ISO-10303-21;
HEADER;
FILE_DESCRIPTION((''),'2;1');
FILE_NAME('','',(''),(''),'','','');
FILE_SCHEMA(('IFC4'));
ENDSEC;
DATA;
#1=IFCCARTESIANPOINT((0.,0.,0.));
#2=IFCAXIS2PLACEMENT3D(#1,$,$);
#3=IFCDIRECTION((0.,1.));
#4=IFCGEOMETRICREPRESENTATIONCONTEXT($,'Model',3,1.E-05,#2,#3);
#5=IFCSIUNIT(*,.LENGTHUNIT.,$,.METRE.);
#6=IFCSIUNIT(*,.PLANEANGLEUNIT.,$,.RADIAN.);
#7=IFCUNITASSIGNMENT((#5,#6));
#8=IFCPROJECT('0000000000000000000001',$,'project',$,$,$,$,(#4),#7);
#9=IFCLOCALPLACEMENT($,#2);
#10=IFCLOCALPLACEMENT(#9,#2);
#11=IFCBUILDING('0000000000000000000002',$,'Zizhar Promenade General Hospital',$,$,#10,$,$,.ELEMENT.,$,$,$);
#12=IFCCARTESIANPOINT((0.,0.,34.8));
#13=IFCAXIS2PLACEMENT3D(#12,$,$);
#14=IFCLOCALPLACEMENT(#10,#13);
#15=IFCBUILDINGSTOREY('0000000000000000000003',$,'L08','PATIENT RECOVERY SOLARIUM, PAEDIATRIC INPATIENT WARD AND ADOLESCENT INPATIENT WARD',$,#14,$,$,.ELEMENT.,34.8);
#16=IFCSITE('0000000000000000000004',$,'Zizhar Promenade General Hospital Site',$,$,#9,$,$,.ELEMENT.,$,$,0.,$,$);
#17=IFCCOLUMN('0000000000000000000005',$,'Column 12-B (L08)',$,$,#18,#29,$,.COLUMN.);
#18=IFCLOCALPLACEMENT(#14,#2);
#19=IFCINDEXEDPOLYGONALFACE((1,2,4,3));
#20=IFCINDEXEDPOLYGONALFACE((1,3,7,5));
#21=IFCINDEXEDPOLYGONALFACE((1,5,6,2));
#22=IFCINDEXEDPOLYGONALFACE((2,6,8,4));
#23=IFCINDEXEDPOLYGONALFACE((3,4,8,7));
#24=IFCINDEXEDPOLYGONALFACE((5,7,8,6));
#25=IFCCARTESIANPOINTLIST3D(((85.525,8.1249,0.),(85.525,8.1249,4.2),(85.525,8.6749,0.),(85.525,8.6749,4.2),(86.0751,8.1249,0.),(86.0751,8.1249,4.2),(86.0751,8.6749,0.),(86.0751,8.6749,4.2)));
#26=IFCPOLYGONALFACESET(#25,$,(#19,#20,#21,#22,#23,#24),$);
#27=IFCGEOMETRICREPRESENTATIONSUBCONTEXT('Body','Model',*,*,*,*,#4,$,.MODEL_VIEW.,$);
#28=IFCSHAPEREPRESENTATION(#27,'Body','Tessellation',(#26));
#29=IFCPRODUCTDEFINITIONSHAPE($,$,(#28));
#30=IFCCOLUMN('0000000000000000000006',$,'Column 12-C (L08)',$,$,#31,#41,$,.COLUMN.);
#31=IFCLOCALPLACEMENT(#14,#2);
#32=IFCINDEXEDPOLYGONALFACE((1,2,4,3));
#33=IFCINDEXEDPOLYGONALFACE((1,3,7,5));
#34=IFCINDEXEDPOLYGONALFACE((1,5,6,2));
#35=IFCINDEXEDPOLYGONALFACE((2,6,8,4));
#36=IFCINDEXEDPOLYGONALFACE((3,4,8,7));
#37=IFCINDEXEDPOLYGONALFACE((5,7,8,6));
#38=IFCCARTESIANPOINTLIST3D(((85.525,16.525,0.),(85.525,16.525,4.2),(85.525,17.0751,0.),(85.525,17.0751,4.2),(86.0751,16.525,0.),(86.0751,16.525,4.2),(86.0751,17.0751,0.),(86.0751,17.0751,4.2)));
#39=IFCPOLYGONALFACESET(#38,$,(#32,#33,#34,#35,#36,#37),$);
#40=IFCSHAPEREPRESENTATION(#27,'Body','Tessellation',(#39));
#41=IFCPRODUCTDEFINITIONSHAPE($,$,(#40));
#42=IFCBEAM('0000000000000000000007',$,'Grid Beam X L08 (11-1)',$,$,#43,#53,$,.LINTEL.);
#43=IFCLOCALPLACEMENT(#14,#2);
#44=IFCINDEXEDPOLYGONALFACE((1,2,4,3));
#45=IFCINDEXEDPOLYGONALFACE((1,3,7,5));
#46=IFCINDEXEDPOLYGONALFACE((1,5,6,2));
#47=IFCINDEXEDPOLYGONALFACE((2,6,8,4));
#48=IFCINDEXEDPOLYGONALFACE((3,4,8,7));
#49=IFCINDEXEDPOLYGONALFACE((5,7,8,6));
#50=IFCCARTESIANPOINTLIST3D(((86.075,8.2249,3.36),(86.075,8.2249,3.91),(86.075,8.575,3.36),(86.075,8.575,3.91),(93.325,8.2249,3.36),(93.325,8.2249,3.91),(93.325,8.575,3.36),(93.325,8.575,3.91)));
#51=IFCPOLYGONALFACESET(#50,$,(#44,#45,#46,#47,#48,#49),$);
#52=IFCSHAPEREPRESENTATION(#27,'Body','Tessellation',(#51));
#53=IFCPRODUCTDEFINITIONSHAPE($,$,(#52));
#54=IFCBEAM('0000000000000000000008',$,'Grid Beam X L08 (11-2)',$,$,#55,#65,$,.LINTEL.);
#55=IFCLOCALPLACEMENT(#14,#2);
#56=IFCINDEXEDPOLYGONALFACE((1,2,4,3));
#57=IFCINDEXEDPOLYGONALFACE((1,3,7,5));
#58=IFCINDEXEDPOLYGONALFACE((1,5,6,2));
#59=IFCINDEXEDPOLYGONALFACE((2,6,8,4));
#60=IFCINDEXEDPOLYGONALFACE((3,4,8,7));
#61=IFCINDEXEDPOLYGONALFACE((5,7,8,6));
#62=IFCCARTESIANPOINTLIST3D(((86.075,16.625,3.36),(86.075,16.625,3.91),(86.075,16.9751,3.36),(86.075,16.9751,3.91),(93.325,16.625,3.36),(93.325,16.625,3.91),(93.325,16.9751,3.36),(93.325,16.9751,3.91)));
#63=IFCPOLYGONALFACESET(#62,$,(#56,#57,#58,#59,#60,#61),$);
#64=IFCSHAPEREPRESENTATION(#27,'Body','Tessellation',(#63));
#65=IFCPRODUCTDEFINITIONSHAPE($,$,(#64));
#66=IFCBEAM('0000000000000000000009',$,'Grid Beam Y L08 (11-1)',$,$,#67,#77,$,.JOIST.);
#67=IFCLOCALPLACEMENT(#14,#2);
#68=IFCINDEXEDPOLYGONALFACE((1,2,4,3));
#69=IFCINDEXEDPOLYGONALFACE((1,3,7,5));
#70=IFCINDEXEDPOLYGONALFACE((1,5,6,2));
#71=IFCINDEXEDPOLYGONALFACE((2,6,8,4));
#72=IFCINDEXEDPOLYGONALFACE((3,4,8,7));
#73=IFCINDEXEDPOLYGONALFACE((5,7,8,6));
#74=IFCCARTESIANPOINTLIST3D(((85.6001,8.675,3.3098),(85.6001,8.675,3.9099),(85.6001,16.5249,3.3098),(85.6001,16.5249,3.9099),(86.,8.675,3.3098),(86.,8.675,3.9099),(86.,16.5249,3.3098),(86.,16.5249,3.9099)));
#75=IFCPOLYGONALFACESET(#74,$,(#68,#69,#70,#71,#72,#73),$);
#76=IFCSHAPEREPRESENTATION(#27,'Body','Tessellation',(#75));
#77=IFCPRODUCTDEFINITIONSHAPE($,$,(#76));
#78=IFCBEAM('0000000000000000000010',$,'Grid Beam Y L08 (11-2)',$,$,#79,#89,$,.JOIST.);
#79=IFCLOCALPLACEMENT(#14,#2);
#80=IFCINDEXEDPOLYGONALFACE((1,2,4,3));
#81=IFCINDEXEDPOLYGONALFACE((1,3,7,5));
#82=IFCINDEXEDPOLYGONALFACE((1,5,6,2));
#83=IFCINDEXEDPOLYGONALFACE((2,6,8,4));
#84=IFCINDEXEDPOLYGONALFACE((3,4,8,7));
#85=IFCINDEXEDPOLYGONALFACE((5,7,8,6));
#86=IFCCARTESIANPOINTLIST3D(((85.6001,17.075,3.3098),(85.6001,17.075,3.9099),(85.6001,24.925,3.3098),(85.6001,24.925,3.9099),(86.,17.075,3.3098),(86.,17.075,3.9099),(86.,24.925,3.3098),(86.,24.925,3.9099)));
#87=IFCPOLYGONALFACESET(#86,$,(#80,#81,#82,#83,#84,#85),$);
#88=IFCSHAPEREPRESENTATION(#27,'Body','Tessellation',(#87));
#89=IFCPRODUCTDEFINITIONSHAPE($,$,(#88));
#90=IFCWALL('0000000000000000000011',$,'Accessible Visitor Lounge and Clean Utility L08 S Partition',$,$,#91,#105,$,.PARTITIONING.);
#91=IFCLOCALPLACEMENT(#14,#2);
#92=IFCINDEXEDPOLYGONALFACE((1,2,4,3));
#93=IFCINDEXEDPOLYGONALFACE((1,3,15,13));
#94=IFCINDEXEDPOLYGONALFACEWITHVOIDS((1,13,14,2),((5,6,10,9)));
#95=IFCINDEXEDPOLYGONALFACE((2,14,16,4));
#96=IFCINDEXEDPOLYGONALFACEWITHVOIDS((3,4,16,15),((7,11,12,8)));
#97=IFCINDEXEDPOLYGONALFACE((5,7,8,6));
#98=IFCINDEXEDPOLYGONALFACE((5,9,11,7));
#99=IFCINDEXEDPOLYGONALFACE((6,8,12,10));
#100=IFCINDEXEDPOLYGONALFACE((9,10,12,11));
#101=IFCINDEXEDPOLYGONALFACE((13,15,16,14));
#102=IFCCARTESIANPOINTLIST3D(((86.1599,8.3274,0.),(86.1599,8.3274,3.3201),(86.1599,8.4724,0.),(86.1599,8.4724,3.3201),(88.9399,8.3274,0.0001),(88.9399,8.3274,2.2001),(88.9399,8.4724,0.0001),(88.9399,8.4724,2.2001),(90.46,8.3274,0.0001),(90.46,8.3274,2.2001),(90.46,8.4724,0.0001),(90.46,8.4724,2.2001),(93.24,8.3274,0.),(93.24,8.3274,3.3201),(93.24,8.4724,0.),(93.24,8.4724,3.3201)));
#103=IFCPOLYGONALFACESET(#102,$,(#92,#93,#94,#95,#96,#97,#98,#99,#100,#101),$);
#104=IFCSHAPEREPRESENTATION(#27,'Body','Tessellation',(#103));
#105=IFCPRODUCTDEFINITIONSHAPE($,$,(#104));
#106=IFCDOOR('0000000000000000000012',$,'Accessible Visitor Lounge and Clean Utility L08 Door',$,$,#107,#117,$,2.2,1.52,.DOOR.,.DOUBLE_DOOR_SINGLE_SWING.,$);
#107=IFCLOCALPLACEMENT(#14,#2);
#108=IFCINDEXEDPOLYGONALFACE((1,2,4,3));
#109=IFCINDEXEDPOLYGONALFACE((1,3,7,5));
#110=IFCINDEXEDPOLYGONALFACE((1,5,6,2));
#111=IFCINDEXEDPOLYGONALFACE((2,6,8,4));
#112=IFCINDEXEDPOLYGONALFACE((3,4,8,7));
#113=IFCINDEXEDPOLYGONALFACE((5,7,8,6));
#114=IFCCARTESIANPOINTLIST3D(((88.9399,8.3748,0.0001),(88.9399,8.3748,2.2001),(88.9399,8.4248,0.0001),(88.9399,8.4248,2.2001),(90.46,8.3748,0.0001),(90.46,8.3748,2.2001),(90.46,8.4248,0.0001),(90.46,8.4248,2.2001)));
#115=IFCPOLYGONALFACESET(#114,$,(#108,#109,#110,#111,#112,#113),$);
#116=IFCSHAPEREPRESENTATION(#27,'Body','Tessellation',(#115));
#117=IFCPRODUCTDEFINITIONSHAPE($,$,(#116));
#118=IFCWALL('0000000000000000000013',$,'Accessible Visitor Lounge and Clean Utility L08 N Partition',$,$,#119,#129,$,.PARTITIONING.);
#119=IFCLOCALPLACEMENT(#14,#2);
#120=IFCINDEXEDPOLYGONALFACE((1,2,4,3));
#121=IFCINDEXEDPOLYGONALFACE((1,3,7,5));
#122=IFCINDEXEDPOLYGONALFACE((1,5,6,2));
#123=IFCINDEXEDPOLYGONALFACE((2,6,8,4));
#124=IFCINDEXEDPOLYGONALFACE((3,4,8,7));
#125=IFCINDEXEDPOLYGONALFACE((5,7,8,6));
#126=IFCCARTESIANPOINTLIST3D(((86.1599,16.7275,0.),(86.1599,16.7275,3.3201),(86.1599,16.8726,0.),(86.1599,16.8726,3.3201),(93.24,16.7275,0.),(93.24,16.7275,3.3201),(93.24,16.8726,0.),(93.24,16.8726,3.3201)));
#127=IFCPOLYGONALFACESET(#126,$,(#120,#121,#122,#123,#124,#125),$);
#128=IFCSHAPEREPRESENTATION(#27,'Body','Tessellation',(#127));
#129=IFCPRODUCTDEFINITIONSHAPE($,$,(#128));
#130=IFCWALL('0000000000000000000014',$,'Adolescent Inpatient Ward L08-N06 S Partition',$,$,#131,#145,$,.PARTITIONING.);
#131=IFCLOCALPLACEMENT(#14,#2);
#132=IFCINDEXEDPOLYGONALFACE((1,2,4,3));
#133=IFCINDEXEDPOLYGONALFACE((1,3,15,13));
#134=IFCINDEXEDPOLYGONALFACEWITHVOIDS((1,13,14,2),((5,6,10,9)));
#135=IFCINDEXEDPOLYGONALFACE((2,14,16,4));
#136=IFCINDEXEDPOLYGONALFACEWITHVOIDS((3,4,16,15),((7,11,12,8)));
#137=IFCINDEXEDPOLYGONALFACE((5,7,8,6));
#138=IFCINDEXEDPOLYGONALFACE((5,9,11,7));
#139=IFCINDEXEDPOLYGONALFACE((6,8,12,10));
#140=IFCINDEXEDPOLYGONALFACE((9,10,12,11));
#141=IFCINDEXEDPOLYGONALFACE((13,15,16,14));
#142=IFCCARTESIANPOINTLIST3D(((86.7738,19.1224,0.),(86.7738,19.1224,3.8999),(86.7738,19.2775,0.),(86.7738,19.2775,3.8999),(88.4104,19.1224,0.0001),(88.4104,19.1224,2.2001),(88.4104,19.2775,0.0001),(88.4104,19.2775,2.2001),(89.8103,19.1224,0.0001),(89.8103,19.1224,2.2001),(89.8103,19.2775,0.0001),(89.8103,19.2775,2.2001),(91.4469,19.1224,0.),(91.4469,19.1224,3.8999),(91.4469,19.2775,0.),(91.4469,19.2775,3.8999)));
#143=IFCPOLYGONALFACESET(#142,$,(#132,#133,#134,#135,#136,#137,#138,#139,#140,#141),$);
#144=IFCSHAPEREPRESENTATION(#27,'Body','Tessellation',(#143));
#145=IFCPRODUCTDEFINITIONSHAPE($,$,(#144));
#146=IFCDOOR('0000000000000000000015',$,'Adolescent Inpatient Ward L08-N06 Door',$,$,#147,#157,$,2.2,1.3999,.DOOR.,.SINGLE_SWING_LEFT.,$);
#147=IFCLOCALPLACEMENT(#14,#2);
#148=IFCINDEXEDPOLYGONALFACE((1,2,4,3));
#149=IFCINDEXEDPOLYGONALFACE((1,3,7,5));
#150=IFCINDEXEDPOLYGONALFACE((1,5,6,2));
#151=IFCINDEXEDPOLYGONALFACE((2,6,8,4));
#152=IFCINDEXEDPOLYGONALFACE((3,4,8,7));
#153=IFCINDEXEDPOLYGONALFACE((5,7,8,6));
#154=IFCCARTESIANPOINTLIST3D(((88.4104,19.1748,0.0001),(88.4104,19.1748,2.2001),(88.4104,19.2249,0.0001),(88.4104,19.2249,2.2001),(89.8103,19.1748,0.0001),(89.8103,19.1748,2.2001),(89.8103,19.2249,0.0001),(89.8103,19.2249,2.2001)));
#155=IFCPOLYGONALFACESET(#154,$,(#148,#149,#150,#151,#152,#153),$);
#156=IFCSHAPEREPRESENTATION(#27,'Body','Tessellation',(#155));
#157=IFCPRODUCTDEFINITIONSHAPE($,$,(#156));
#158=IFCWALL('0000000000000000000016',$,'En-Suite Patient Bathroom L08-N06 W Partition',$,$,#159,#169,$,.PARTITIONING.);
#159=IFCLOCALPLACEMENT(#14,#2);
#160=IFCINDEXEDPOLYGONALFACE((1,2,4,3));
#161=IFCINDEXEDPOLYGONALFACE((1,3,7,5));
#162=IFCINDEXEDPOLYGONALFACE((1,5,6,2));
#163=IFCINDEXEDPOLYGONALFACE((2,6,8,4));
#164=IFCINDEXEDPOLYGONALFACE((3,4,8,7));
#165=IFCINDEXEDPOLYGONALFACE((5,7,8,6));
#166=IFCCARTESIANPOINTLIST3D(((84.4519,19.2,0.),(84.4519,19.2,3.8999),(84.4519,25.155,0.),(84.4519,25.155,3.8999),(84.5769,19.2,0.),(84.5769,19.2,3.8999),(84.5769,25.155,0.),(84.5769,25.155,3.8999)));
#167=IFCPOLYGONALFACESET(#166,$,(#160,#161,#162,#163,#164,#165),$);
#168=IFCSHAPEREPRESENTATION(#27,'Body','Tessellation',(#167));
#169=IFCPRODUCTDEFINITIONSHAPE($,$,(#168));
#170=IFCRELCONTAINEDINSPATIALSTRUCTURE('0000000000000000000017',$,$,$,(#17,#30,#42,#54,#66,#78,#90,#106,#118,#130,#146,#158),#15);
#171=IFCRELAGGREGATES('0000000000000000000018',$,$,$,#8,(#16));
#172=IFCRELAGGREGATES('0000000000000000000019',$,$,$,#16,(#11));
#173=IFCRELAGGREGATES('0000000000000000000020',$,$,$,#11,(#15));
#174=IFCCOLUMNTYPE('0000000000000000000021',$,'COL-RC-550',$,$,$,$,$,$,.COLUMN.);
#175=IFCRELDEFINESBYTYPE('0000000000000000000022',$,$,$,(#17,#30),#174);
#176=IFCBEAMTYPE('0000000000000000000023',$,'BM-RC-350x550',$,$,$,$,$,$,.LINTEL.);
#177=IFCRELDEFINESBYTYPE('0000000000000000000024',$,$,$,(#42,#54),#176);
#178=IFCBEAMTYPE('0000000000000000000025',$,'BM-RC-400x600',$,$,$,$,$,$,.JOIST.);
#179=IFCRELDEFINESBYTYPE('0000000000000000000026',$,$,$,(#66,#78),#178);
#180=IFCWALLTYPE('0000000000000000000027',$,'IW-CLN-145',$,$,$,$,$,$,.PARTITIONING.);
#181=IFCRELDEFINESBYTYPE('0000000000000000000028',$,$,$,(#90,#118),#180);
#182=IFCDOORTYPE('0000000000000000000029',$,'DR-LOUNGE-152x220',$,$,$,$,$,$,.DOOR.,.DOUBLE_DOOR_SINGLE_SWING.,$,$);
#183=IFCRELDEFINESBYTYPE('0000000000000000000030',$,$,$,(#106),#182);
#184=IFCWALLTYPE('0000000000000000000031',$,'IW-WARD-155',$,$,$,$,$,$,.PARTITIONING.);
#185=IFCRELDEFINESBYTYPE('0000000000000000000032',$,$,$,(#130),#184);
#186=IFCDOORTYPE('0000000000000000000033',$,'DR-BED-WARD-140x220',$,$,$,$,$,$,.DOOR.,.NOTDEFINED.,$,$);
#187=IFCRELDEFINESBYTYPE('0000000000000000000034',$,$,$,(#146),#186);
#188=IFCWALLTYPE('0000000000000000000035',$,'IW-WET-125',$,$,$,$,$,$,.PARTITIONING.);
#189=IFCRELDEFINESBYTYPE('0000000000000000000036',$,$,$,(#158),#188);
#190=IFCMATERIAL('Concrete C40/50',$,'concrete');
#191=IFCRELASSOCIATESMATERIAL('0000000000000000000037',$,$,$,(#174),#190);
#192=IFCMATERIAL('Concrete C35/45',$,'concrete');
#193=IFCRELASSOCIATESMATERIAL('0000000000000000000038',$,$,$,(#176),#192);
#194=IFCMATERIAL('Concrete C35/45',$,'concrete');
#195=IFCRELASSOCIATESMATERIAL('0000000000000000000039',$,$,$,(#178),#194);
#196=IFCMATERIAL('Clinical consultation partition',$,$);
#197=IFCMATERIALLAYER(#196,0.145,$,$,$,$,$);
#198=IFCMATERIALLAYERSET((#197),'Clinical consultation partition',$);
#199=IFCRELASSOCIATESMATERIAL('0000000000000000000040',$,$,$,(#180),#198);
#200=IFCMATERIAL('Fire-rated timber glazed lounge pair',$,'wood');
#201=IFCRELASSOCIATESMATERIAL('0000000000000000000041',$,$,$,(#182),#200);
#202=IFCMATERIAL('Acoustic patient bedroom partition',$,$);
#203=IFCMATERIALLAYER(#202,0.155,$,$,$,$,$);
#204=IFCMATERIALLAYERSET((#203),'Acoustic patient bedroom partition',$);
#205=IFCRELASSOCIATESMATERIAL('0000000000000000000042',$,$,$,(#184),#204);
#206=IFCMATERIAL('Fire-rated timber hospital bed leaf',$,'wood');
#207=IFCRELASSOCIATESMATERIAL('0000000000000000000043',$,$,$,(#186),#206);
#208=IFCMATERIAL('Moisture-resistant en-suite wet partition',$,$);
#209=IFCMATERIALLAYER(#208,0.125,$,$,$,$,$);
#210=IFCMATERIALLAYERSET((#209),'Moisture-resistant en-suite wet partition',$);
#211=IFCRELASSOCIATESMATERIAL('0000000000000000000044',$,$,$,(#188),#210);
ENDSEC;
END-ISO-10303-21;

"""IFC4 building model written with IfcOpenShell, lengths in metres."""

from ifc_helpers import new_model, si_unit, direction, frame, frame_2d, origin, origin_2d, place, context, subcontext, project, spatial, rectangle, extrude, material, layer, layer_set, material_profile, profile_set, type_object, element, fill, save


model = new_model("IFC4")

# Units and contexts
model_context = context("Model", 3, precision=1e-05, world=origin(), true_north=direction((0.0, 1.0)))
body_context = subcontext(model_context, "Body", "Model", "MODEL_VIEW")
ifc_project = project(units=[si_unit("LENGTHUNIT", "METRE"), si_unit("PLANEANGLEUNIT", "RADIAN")], contexts=[model_context])

# Site, building, storey
site_placement = place(None, origin())
site = spatial("IfcSite", under=ifc_project, at=site_placement, Name="Zizhar Promenade General Hospital Site", CompositionType="ELEMENT", RefElevation=0.0)
building_placement = place(site_placement, origin())
building = spatial("IfcBuilding", under=site, at=building_placement, Name="Zizhar Promenade General Hospital", CompositionType="ELEMENT")
storey_placement = place(building_placement, frame((0.0, 0.0, 34.8)))
storey = spatial("IfcBuildingStorey", under=building, at=storey_placement, Name="L08", Description="PATIENT RECOVERY SOLARIUM, PAEDIATRIC INPATIENT WARD AND ADOLESCENT INPATIENT WARD", CompositionType="ELEMENT", Elevation=34.8)

# Columns
ifc_material_1 = material(Name="Concrete C40/50", Category="concrete")
ifc_material_profile_1 = material_profile(ifc_material_1, rectangle(XDim=0.55, YDim=0.55, at=origin_2d()))
ifc_profile_set_1 = profile_set([ifc_material_profile_1], Name="Concrete C40/50")
column_type = type_object("IfcColumnType", Name="COL-RC-550", PredefinedType="COLUMN", material=ifc_profile_set_1)
for number, where, z_axis, x_axis, name in (
    (1, (85.8, 8.3999, 0.0), (0.0, 0.0, 1.0), (1.0, 0.0, 0.0), "Column 12-B (L08)"),
    (2, (85.8, 16.8, 0.0), (0.0, 0.0, 1.0), (1.0, 0.0, 0.0), "Column 12-C (L08)"),
):
    element("IfcColumn", number, at=place(storey_placement, frame(where, z_axis=z_axis, x_axis=x_axis)), inside=storey, type_object=column_type, Name=name, PredefinedType="COLUMN", context=body_context, shape_type="SweptSolid", body=[
        extrude(rectangle(XDim=0.55, YDim=0.55, at=origin_2d()), origin(), (0.0, 0.0, 1.0), 4.2),
    ])

# Beams
ifc_material_2 = material(Name="Concrete C35/45", Category="concrete")
ifc_material_profile_2 = material_profile(ifc_material_2, rectangle(XDim=0.3501, YDim=0.55, at=origin_2d()))
ifc_profile_set_2 = profile_set([ifc_material_profile_2], Name="Concrete C35/45")
beam_type_1 = type_object("IfcBeamType", Name="BM-RC-350x550", PredefinedType="LINTEL", material=ifc_profile_set_2)
for number, where, z_axis, x_axis, name in (
    (3, (86.075, 8.3999, 3.635), (1.0, 0.0, 0.0), (0.0, 1.0, 0.0), "Grid Beam X L08 (11-1)"),
    (4, (86.075, 16.8, 3.635), (1.0, 0.0, 0.0), (0.0, 1.0, 0.0), "Grid Beam X L08 (11-2)"),
):
    element("IfcBeam", number, at=place(storey_placement, frame(where, z_axis=z_axis, x_axis=x_axis)), inside=storey, type_object=beam_type_1, Name=name, PredefinedType="LINTEL", context=body_context, shape_type="SweptSolid", body=[
        extrude(rectangle(XDim=0.3501, YDim=0.55, at=origin_2d()), origin(), (0.0, 0.0, 1.0), 7.25),
    ])
ifc_material_3 = material(Name="Concrete C35/45", Category="concrete")
ifc_material_profile_3 = material_profile(ifc_material_3, rectangle(XDim=0.3999, YDim=0.6001, at=origin_2d()))
ifc_profile_set_3 = profile_set([ifc_material_profile_3], Name="Concrete C35/45")
beam_type_2 = type_object("IfcBeamType", Name="BM-RC-400x600", PredefinedType="JOIST", material=ifc_profile_set_3)
beam_1_placement = place(storey_placement, frame((85.8, 8.675, 3.6099), z_axis=(0.0, 1.0, 0.0), x_axis=(-1.0, 0.0, 0.0)))
element("IfcBeam", 5, at=beam_1_placement, inside=storey, type_object=beam_type_2, Name="Grid Beam Y L08 (11-1)", PredefinedType="JOIST", context=body_context, shape_type="SweptSolid", body=[
    extrude(rectangle(XDim=0.3999, YDim=0.6001, at=origin_2d()), origin(), (0.0, 0.0, 1.0), 7.8499),
])
beam_2_placement = place(storey_placement, frame((85.8, 17.075, 3.6099), z_axis=(0.0, 1.0, 0.0), x_axis=(-1.0, 0.0, 0.0)))
element("IfcBeam", 6, at=beam_2_placement, inside=storey, type_object=beam_type_2, Name="Grid Beam Y L08 (11-2)", PredefinedType="JOIST", context=body_context, shape_type="SweptSolid", body=[
    extrude(rectangle(XDim=0.3999, YDim=0.6001, at=origin_2d()), origin(), (0.0, 0.0, 1.0), 7.8501),
])

# Wall, opening, door
ifc_material_4 = material(Name="Clinical consultation partition")
ifc_layer_1 = layer(ifc_material_4, 0.145)
ifc_layer_set_1 = layer_set([ifc_layer_1], Name="Clinical consultation partition")
wall_type_1 = type_object("IfcWallType", Name="IW-CLN-145", PredefinedType="PARTITIONING", material=ifc_layer_set_1)
wall_1_placement = place(storey_placement, frame((86.1599, 8.3999, 0.0), z_axis=(0.0, 0.0, 1.0), x_axis=(1.0, 0.0, 0.0)))
wall_1 = element("IfcWall", 7, at=wall_1_placement, inside=storey, type_object=wall_type_1, Name="Accessible Visitor Lounge and Clean Utility L08 S Partition", PredefinedType="PARTITIONING", context=body_context, shape_type="SweptSolid", body=[
    extrude(rectangle(XDim=7.0801, YDim=0.145, at=frame_2d((3.54, 0.0))), origin(), (0.0, 0.0, 1.0), 3.3201),
])
opening_1_placement = place(wall_1_placement, frame((2.78, 0.0, 0.0)))
opening_1 = element("IfcOpeningElement", 8, at=opening_1_placement, cuts=wall_1, PredefinedType="OPENING", context=body_context, shape_type="SweptSolid", body=[
    extrude(rectangle(XDim=1.52, YDim=2.2, at=frame_2d((0.76, 1.1001))), frame((0.0, 0.0825, 0.0), z_axis=(0.0, -1.0, 0.0), x_axis=(1.0, 0.0, 0.0)), (0.0, 0.0, 1.0), 0.165),
])
ifc_material_5 = material(Name="Fire-rated timber glazed lounge pair", Category="wood")
door_type_1 = type_object("IfcDoorType", Name="DR-LOUNGE-152x220", OperationType="DOUBLE_DOOR_SINGLE_SWING", PredefinedType="DOOR", material=ifc_material_5)
door_1_placement = place(opening_1_placement, origin())
door_1 = element("IfcDoor", 9, at=door_1_placement, inside=storey, type_object=door_type_1, Name="Accessible Visitor Lounge and Clean Utility L08 Door", OperationType="DOUBLE_DOOR_SINGLE_SWING", OverallHeight=2.2, OverallWidth=1.52, PredefinedType="DOOR", context=body_context, shape_type="SweptSolid", body=[
    extrude(rectangle(XDim=1.52, YDim=2.2, at=frame_2d((0.76, 1.1001))), frame((0.0, 0.0249, 0.0), z_axis=(0.0, -1.0, 0.0), x_axis=(1.0, 0.0, 0.0)), (0.0, 0.0, 1.0), 0.05),
])
fill(opening_1, door_1)

# Wall
wall_2_placement = place(storey_placement, frame((86.1599, 16.8, 0.0), z_axis=(0.0, 0.0, 1.0), x_axis=(1.0, 0.0, 0.0)))
element("IfcWall", 10, at=wall_2_placement, inside=storey, type_object=wall_type_1, Name="Accessible Visitor Lounge and Clean Utility L08 N Partition", PredefinedType="PARTITIONING", context=body_context, shape_type="SweptSolid", body=[
    extrude(rectangle(XDim=7.0801, YDim=0.145, at=frame_2d((3.54, 0.0))), origin(), (0.0, 0.0, 1.0), 3.3201),
])

# Wall, opening, door
ifc_material_6 = material(Name="Acoustic patient bedroom partition")
ifc_layer_2 = layer(ifc_material_6, 0.155)
ifc_layer_set_2 = layer_set([ifc_layer_2], Name="Acoustic patient bedroom partition")
wall_type_2 = type_object("IfcWallType", Name="IW-WARD-155", PredefinedType="PARTITIONING", material=ifc_layer_set_2)
wall_3_placement = place(storey_placement, frame((86.7739, 19.2, 0.0), z_axis=(0.0, 0.0, 1.0), x_axis=(1.0, 0.0, 0.0)))
wall_3 = element("IfcWall", 11, at=wall_3_placement, inside=storey, type_object=wall_type_2, Name="Adolescent Inpatient Ward L08-N06 S Partition", PredefinedType="PARTITIONING", context=body_context, shape_type="SweptSolid", body=[
    extrude(rectangle(XDim=4.6731, YDim=0.155, at=frame_2d((2.3364, 0.0))), origin(), (0.0, 0.0, 1.0), 3.8999),
])
opening_2_placement = place(wall_3_placement, frame((1.6365, 0.0, 0.0)))
opening_2 = element("IfcOpeningElement", 12, at=opening_2_placement, cuts=wall_3, PredefinedType="OPENING", context=body_context, shape_type="SweptSolid", body=[
    extrude(rectangle(XDim=1.3999, YDim=2.2, at=frame_2d((0.7, 1.1001))), frame((0.0, 0.0874, 0.0), z_axis=(0.0, -1.0, 0.0), x_axis=(1.0, 0.0, 0.0)), (0.0, 0.0, 1.0), 0.175),
])
ifc_material_7 = material(Name="Fire-rated timber hospital bed leaf", Category="wood")
door_type_2 = type_object("IfcDoorType", Name="DR-BED-WARD-140x220", OperationType="NOTDEFINED", PredefinedType="DOOR", material=ifc_material_7)
door_2_placement = place(opening_2_placement, origin())
door_2 = element("IfcDoor", 13, at=door_2_placement, inside=storey, type_object=door_type_2, Name="Adolescent Inpatient Ward L08-N06 Door", OperationType="SINGLE_SWING_LEFT", OverallHeight=2.2, OverallWidth=1.3999, PredefinedType="DOOR", context=body_context, shape_type="SweptSolid", body=[
    extrude(rectangle(XDim=1.3999, YDim=2.2, at=frame_2d((0.7, 1.1001))), frame((0.0, 0.0249, 0.0), z_axis=(0.0, -1.0, 0.0), x_axis=(1.0, 0.0, 0.0)), (0.0, 0.0, 1.0), 0.05),
])
fill(opening_2, door_2)

# Wall
ifc_material_8 = material(Name="Moisture-resistant en-suite wet partition")
ifc_layer_3 = layer(ifc_material_8, 0.125)
ifc_layer_set_3 = layer_set([ifc_layer_3], Name="Moisture-resistant en-suite wet partition")
wall_type_3 = type_object("IfcWallType", Name="IW-WET-125", PredefinedType="PARTITIONING", material=ifc_layer_set_3)
wall_4_placement = place(storey_placement, frame((84.5144, 19.2, 0.0), z_axis=(0.0, 0.0, 1.0), x_axis=(0.0, 1.0, 0.0)))
element("IfcWall", 14, at=wall_4_placement, inside=storey, type_object=wall_type_3, Name="En-Suite Patient Bathroom L08-N06 W Partition", PredefinedType="PARTITIONING", context=body_context, shape_type="SweptSolid", body=[
    extrude(rectangle(XDim=5.9551, YDim=0.125, at=frame_2d((2.9775, 0.0))), origin(), (0.0, 0.0, 1.0), 3.8999),
])

save(model, "model.ifc")
